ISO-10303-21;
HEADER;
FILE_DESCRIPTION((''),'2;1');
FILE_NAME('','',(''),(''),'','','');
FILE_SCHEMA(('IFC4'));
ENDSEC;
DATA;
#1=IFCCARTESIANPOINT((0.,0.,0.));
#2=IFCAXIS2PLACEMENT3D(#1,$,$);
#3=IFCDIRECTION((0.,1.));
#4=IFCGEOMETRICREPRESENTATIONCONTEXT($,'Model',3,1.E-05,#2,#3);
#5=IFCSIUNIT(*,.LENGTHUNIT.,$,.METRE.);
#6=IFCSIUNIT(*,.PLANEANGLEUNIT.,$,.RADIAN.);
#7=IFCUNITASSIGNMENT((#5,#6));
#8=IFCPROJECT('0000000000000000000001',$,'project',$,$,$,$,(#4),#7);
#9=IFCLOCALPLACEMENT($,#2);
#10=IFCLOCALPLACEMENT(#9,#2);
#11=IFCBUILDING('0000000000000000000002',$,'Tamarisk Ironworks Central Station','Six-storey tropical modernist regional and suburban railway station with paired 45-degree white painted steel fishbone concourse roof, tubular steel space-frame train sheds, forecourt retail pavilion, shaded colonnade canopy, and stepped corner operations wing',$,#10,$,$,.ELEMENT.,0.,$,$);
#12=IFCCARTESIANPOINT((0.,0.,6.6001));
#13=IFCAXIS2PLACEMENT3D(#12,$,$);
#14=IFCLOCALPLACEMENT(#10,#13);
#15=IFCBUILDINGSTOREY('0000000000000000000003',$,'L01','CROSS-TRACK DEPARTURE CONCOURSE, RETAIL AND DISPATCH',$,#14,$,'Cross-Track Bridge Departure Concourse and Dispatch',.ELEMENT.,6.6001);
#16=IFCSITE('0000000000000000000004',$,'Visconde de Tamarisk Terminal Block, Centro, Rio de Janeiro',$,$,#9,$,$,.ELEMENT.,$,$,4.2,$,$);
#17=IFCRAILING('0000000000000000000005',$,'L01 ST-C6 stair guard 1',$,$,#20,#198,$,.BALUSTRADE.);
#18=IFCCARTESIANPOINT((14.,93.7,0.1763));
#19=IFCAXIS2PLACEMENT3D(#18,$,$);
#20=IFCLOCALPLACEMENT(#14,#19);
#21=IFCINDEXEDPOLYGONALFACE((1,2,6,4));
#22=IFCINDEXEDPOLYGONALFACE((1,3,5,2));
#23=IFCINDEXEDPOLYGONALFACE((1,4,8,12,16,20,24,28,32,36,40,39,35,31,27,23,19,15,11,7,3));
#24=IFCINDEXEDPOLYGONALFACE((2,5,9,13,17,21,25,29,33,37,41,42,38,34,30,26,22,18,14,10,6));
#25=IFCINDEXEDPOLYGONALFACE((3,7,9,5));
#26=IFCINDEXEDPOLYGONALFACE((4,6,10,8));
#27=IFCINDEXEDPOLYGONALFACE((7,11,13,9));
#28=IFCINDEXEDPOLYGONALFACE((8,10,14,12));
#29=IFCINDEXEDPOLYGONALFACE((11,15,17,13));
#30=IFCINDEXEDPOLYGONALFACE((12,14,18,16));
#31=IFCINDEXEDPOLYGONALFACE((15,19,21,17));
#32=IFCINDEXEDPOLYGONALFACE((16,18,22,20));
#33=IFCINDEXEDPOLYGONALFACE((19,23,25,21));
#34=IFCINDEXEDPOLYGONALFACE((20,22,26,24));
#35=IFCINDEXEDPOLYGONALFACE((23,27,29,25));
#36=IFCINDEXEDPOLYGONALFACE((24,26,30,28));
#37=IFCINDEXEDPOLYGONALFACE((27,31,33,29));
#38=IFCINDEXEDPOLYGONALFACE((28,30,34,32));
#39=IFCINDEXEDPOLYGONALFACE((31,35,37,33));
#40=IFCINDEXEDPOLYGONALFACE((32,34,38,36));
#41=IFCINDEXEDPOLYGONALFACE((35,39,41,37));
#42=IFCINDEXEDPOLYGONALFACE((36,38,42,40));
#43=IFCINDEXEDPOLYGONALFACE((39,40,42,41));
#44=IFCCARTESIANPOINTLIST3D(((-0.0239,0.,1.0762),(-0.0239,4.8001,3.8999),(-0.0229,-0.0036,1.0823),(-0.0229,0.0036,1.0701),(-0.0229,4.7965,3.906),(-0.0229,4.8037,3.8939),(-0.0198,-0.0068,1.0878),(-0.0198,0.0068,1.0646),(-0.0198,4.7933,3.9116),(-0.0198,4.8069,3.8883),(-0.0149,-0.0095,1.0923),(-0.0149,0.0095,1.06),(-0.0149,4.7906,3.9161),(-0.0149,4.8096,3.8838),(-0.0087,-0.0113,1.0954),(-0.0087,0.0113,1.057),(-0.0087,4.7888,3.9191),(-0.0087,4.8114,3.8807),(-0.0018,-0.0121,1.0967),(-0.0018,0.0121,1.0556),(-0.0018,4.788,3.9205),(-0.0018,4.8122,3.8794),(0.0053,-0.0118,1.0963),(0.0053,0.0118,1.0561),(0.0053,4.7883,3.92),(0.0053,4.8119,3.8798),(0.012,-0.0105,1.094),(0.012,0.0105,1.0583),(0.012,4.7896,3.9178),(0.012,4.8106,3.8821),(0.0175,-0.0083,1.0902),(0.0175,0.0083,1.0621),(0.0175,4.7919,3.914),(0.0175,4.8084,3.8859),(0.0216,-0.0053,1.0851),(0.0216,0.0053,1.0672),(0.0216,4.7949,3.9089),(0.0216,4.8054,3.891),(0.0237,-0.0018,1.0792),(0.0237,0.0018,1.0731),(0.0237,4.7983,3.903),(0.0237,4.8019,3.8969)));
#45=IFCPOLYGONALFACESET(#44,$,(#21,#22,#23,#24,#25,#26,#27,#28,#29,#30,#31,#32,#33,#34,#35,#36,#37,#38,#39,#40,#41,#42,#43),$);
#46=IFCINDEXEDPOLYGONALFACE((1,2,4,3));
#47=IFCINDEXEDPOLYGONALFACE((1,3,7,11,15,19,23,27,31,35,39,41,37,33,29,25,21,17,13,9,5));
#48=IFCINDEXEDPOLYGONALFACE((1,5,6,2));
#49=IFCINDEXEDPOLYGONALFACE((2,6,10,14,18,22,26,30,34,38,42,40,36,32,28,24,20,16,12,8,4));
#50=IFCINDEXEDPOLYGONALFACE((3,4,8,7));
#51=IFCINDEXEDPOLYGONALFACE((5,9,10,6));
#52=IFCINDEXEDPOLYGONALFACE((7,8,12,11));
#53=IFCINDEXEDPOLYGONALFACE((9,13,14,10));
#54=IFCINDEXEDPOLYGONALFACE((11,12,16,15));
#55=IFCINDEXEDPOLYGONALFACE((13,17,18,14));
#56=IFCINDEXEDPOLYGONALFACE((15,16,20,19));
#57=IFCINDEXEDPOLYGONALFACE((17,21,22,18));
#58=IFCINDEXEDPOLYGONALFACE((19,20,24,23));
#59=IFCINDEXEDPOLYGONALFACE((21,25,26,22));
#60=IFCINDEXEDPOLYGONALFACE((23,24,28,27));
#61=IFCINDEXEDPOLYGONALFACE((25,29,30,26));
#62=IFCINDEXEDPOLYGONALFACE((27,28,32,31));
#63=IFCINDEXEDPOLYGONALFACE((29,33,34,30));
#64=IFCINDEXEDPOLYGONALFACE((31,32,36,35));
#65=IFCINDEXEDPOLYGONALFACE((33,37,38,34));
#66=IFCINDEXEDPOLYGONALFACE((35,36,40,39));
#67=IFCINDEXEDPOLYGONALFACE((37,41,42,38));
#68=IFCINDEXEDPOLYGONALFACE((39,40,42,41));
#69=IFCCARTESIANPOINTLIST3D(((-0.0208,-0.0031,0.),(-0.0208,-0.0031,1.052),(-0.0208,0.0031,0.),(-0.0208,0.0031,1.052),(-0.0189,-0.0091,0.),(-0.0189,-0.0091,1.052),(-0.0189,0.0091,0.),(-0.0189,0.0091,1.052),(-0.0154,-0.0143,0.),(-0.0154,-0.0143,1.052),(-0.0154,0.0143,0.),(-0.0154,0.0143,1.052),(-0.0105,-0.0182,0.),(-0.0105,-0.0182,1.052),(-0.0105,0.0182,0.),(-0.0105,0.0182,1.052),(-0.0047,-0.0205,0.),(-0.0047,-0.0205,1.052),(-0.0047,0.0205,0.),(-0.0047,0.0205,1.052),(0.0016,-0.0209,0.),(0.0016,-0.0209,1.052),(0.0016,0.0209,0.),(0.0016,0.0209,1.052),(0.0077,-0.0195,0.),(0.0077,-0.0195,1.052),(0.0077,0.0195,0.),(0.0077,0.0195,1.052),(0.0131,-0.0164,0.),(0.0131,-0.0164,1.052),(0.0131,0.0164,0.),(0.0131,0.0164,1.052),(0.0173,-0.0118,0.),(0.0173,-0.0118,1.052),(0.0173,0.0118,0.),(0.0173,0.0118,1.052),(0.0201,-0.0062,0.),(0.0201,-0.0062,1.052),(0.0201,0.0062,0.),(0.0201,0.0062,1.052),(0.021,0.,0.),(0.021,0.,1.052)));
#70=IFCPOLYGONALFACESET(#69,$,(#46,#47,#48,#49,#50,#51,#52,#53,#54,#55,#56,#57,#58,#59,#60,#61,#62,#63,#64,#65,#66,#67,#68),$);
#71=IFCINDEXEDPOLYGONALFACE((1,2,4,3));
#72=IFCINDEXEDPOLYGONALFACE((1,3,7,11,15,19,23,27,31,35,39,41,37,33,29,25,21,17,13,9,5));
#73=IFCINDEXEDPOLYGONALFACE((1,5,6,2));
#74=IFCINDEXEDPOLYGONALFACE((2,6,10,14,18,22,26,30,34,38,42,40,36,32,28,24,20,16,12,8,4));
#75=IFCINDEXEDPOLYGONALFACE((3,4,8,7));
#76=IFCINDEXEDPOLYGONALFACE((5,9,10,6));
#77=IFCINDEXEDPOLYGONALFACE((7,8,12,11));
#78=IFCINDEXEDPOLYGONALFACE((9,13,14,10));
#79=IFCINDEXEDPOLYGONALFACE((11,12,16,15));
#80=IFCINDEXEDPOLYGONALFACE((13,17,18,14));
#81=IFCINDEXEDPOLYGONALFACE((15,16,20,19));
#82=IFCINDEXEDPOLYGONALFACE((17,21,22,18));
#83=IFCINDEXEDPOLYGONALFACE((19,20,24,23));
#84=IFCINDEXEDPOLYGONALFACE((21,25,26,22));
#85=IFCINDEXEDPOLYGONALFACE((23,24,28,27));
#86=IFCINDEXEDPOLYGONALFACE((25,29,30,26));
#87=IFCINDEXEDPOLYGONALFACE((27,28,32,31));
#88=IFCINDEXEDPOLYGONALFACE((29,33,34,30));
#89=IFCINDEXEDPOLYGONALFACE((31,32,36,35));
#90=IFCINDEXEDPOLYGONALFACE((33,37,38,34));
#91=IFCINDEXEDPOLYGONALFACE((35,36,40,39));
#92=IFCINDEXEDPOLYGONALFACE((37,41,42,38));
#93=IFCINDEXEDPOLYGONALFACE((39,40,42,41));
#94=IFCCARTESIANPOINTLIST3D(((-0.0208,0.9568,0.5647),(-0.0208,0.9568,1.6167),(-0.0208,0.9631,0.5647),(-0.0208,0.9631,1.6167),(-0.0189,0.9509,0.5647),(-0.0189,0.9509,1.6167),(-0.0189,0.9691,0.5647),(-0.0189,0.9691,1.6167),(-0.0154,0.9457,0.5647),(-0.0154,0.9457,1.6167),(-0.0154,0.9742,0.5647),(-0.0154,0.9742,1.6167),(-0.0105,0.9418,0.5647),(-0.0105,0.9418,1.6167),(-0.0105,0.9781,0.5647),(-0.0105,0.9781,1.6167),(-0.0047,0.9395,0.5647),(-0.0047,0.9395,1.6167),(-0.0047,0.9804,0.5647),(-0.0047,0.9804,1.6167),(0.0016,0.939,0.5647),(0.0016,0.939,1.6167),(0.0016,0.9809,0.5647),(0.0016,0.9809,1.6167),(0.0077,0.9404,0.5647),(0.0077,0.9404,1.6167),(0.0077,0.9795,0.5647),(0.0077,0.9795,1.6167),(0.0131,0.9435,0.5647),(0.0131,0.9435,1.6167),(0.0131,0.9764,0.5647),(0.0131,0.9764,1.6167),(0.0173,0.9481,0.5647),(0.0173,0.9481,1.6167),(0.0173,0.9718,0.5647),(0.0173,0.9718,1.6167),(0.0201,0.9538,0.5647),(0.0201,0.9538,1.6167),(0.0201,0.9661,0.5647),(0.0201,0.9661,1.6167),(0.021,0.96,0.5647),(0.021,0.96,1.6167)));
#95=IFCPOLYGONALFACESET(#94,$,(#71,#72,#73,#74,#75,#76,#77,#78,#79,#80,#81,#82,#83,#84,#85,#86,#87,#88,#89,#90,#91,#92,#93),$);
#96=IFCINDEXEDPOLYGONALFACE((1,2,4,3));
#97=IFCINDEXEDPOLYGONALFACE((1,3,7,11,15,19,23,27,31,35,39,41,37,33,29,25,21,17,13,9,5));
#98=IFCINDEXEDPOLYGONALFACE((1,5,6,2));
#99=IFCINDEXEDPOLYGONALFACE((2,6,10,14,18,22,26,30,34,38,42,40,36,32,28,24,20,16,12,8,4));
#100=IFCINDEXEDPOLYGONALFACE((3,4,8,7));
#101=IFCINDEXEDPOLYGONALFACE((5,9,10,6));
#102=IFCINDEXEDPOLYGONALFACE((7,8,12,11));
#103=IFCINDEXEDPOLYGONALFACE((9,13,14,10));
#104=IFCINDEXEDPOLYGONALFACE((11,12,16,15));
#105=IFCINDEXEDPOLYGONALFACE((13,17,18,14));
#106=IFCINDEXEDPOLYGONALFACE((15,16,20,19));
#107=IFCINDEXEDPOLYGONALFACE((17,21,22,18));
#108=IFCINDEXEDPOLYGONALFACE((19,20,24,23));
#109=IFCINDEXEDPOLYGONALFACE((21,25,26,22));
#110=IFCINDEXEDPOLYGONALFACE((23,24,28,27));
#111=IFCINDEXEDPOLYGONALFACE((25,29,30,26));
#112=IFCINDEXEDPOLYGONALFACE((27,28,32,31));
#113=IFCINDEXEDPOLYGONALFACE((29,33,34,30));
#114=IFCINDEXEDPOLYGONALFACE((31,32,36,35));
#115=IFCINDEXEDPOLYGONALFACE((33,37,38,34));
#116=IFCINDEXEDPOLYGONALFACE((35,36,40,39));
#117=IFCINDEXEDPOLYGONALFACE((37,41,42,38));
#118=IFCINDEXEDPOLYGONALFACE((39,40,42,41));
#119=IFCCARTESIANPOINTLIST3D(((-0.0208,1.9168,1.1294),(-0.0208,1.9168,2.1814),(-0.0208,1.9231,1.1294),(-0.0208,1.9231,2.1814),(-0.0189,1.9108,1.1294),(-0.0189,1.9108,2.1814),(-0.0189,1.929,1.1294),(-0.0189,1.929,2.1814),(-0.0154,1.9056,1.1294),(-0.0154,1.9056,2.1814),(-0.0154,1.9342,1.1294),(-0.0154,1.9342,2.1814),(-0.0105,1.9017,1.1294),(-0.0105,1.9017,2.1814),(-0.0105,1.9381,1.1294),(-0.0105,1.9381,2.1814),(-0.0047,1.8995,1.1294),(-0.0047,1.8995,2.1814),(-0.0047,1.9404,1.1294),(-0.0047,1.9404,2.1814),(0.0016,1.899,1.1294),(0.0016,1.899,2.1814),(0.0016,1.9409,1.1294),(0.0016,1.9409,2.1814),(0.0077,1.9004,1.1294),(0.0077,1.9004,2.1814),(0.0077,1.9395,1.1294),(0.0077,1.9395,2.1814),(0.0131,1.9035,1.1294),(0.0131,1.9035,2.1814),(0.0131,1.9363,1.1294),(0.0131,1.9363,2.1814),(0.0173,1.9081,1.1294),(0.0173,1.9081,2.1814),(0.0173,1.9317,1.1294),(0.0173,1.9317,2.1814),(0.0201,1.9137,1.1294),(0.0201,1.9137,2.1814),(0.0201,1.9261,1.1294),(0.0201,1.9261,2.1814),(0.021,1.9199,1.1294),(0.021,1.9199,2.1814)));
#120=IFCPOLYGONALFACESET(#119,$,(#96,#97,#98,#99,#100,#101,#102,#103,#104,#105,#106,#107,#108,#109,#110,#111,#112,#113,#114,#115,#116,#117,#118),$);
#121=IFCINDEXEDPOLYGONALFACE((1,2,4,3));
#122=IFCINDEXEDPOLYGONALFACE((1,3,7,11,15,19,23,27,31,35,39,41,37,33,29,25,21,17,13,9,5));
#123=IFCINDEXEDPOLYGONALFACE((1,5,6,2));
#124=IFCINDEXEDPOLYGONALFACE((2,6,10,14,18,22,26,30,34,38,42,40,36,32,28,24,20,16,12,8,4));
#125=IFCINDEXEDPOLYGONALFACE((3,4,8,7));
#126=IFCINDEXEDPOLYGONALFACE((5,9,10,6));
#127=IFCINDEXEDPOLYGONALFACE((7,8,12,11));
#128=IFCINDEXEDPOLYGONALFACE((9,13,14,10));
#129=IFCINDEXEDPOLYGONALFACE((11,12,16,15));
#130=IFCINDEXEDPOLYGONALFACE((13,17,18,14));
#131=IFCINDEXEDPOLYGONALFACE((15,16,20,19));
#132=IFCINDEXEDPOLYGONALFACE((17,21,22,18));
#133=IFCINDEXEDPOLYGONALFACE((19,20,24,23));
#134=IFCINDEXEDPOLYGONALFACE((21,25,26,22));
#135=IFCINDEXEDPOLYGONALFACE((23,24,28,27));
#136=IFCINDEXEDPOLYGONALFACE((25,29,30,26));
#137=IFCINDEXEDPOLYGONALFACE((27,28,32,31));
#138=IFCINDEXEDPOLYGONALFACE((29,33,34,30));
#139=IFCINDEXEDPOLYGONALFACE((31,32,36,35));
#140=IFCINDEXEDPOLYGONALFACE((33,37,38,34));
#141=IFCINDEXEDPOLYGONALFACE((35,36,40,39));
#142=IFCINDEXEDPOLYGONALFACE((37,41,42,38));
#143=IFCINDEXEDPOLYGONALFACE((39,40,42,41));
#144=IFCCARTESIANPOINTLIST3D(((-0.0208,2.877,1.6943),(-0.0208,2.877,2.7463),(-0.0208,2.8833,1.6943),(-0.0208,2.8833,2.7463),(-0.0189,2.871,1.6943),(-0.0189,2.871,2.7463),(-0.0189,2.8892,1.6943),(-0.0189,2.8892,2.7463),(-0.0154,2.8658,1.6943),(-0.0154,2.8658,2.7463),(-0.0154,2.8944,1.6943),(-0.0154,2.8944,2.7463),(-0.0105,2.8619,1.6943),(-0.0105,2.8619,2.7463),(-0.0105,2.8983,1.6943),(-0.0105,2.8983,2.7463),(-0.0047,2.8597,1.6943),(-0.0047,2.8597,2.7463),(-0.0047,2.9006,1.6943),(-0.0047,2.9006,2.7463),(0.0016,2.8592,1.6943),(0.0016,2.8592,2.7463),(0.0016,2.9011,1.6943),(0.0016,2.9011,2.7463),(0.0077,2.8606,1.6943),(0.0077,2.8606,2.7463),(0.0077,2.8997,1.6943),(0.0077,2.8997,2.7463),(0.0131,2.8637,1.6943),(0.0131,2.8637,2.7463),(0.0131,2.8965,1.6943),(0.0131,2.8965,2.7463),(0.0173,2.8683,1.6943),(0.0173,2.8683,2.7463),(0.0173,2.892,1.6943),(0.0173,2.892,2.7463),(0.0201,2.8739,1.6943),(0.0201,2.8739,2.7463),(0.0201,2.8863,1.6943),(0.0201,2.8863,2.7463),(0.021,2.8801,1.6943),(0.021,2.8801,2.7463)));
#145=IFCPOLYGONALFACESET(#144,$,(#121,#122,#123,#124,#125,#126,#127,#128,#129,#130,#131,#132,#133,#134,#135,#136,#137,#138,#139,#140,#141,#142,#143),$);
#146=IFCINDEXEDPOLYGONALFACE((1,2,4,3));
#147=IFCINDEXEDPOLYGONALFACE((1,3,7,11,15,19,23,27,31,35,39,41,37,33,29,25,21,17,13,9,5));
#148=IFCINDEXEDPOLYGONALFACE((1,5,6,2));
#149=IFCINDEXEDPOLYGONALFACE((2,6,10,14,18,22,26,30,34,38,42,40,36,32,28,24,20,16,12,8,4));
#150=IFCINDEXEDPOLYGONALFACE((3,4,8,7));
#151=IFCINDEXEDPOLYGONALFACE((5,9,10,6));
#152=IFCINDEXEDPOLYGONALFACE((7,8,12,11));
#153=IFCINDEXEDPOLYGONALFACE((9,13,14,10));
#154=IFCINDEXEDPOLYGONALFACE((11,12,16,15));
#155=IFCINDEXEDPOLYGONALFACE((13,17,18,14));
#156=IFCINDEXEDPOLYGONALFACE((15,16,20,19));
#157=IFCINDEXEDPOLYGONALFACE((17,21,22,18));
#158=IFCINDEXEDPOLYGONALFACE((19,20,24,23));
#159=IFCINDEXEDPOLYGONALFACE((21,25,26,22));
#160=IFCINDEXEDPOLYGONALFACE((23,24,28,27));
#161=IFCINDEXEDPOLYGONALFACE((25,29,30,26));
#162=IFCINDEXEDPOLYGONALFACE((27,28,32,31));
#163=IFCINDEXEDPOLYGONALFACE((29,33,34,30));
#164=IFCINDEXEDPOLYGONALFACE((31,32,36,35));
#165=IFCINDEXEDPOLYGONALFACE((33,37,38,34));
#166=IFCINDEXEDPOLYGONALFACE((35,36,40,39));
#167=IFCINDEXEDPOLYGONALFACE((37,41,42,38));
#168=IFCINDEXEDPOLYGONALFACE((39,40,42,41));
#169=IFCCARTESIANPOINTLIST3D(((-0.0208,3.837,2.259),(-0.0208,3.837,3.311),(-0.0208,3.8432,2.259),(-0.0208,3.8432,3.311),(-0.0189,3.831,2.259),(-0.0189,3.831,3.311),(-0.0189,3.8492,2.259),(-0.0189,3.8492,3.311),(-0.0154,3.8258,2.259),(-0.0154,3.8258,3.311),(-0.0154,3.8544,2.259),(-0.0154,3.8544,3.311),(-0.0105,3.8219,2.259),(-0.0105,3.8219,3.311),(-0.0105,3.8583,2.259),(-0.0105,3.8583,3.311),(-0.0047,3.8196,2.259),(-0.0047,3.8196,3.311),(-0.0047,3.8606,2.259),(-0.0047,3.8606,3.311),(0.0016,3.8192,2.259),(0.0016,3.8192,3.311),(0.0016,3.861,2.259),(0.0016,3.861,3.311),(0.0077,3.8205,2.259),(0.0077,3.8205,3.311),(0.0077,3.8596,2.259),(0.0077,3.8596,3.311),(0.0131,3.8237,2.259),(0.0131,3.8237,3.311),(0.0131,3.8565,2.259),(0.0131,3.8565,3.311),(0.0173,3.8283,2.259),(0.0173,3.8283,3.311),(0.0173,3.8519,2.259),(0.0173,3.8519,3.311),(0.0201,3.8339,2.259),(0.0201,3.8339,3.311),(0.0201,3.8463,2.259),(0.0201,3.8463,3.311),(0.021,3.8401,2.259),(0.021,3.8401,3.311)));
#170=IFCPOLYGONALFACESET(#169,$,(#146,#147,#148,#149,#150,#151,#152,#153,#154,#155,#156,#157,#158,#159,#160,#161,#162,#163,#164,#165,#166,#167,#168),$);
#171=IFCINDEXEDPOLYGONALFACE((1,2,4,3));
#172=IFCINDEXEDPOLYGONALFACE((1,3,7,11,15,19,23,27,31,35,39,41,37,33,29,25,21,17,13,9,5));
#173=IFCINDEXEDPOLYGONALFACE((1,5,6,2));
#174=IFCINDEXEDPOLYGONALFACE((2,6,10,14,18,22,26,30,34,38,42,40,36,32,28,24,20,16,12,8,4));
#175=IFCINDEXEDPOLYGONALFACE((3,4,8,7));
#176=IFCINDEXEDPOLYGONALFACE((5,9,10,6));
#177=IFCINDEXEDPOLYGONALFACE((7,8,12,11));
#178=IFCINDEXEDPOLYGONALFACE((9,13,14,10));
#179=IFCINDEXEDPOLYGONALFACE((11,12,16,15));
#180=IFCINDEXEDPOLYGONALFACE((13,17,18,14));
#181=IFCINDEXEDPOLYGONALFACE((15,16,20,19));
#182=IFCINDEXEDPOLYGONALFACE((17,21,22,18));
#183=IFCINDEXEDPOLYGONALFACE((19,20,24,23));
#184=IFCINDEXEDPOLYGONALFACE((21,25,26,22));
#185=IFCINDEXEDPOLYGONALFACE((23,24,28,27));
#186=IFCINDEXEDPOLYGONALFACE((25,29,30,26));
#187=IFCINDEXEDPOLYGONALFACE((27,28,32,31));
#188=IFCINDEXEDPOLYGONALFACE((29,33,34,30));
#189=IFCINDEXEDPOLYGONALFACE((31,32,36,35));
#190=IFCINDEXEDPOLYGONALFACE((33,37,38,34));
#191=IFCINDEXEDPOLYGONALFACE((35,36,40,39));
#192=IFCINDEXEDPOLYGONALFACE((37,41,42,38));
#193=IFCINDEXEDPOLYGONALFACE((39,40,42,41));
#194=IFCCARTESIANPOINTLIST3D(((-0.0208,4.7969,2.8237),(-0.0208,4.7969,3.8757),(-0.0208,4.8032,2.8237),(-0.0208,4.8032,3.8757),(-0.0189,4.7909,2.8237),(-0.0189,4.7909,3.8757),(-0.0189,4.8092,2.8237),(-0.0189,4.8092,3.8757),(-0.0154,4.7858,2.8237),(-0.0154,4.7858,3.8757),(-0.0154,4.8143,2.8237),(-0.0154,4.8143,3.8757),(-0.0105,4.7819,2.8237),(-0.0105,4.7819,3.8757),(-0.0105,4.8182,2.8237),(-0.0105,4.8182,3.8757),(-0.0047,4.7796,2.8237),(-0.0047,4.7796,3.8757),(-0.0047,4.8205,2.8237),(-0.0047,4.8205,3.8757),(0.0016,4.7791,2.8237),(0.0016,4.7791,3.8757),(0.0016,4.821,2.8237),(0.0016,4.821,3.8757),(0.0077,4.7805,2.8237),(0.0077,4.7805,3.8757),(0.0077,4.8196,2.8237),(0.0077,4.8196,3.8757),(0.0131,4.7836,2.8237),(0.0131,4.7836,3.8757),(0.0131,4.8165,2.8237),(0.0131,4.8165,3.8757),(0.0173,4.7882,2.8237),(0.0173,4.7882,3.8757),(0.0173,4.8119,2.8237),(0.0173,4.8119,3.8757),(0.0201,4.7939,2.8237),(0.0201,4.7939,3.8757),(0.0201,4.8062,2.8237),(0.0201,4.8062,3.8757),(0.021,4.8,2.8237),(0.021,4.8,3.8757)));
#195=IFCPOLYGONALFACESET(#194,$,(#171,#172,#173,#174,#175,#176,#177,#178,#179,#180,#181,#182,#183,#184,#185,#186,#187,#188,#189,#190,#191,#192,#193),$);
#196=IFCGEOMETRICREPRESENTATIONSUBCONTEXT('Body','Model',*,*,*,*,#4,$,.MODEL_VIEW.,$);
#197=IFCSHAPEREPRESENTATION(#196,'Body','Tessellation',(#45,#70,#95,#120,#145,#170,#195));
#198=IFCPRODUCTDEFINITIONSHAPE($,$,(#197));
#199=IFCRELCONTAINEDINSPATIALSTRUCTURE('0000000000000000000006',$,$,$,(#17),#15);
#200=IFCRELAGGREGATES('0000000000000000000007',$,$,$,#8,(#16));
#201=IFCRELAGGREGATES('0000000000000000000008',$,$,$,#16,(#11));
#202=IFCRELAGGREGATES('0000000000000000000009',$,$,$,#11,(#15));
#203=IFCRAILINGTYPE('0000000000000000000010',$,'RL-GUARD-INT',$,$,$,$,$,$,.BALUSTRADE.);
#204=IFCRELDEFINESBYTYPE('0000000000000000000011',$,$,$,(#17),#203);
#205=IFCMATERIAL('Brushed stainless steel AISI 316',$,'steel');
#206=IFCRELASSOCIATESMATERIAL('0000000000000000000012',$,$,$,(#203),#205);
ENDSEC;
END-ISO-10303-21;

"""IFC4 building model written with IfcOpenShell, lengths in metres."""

from ifc_helpers import new_model, si_unit, direction, frame, origin, origin_2d, place, context, subcontext, project, spatial, circle, extrude, material, type_object, element, save


model = new_model("IFC4")

# Units and contexts
model_context = context("Model", 3, precision=1e-05, world=origin(), true_north=direction((0.0, 1.0)))
body_context = subcontext(model_context, "Body", "Model", "MODEL_VIEW")
ifc_project = project(units=[si_unit("LENGTHUNIT", "METRE"), si_unit("PLANEANGLEUNIT", "RADIAN")], contexts=[model_context])

# Site, building, storey
site_placement = place(None, origin())
site = spatial("IfcSite", under=ifc_project, at=site_placement, Name="Visconde de Tamarisk Terminal Block, Centro, Rio de Janeiro", CompositionType="ELEMENT", RefElevation=4.2)
building_placement = place(site_placement, origin())
building = spatial("IfcBuilding", under=site, at=building_placement, Name="Tamarisk Ironworks Central Station", Description="Six-storey tropical modernist regional and suburban railway station with paired 45-degree white painted steel fishbone concourse roof, tubular steel space-frame train sheds, forecourt retail pavilion, shaded colonnade canopy, and stepped corner operations wing", CompositionType="ELEMENT", ElevationOfRefHeight=0.0)
storey_placement = place(building_placement, frame((0.0, 0.0, 6.6001)))
storey = spatial("IfcBuildingStorey", under=building, at=storey_placement, Name="L01", Description="CROSS-TRACK DEPARTURE CONCOURSE, RETAIL AND DISPATCH", LongName="Cross-Track Bridge Departure Concourse and Dispatch", CompositionType="ELEMENT", Elevation=6.6001)

# Railing
ifc_material_1 = material(Name="Brushed stainless steel AISI 316", Category="steel")
railing_type_1 = type_object("IfcRailingType", Name="RL-GUARD-INT", PredefinedType="BALUSTRADE", material=ifc_material_1)
railing_1_placement = place(storey_placement, frame((14.0, 93.7, 0.1763)))
element("IfcRailing", 1, at=railing_1_placement, inside=storey, type_object=railing_type_1, Name="L01 ST-C6 stair guard 1", PredefinedType="BALUSTRADE", context=body_context, shape_type="SweptSolid", body=[
    extrude(circle(Radius=0.0239, at=origin_2d()), frame((0.0, 0.0, 1.0762), z_axis=(0.0, 0.861921, 0.507043), x_axis=(-1.0, 0.0, 0.0)), (0.0, 0.0, 1.0), 5.5691),
    extrude(circle(Radius=0.021, at=origin_2d()), origin(), (0.0, 0.0, 1.0), 1.052),
    extrude(circle(Radius=0.021, at=origin_2d()), frame((0.0, 0.96, 0.5647)), (0.0, 0.0, 1.0), 1.052),
    extrude(circle(Radius=0.021, at=origin_2d()), frame((0.0, 1.9199, 1.1294)), (0.0, 0.0, 1.0), 1.052),
    extrude(circle(Radius=0.021, at=origin_2d()), frame((0.0, 2.8801, 1.6943)), (0.0, 0.0, 1.0), 1.052),
    extrude(circle(Radius=0.021, at=origin_2d()), frame((0.0, 3.8401, 2.259)), (0.0, 0.0, 1.0), 1.052),
    extrude(circle(Radius=0.021, at=origin_2d()), frame((0.0, 4.8, 2.8237)), (0.0, 0.0, 1.0), 1.052),
])

save(model, "model.ifc")
